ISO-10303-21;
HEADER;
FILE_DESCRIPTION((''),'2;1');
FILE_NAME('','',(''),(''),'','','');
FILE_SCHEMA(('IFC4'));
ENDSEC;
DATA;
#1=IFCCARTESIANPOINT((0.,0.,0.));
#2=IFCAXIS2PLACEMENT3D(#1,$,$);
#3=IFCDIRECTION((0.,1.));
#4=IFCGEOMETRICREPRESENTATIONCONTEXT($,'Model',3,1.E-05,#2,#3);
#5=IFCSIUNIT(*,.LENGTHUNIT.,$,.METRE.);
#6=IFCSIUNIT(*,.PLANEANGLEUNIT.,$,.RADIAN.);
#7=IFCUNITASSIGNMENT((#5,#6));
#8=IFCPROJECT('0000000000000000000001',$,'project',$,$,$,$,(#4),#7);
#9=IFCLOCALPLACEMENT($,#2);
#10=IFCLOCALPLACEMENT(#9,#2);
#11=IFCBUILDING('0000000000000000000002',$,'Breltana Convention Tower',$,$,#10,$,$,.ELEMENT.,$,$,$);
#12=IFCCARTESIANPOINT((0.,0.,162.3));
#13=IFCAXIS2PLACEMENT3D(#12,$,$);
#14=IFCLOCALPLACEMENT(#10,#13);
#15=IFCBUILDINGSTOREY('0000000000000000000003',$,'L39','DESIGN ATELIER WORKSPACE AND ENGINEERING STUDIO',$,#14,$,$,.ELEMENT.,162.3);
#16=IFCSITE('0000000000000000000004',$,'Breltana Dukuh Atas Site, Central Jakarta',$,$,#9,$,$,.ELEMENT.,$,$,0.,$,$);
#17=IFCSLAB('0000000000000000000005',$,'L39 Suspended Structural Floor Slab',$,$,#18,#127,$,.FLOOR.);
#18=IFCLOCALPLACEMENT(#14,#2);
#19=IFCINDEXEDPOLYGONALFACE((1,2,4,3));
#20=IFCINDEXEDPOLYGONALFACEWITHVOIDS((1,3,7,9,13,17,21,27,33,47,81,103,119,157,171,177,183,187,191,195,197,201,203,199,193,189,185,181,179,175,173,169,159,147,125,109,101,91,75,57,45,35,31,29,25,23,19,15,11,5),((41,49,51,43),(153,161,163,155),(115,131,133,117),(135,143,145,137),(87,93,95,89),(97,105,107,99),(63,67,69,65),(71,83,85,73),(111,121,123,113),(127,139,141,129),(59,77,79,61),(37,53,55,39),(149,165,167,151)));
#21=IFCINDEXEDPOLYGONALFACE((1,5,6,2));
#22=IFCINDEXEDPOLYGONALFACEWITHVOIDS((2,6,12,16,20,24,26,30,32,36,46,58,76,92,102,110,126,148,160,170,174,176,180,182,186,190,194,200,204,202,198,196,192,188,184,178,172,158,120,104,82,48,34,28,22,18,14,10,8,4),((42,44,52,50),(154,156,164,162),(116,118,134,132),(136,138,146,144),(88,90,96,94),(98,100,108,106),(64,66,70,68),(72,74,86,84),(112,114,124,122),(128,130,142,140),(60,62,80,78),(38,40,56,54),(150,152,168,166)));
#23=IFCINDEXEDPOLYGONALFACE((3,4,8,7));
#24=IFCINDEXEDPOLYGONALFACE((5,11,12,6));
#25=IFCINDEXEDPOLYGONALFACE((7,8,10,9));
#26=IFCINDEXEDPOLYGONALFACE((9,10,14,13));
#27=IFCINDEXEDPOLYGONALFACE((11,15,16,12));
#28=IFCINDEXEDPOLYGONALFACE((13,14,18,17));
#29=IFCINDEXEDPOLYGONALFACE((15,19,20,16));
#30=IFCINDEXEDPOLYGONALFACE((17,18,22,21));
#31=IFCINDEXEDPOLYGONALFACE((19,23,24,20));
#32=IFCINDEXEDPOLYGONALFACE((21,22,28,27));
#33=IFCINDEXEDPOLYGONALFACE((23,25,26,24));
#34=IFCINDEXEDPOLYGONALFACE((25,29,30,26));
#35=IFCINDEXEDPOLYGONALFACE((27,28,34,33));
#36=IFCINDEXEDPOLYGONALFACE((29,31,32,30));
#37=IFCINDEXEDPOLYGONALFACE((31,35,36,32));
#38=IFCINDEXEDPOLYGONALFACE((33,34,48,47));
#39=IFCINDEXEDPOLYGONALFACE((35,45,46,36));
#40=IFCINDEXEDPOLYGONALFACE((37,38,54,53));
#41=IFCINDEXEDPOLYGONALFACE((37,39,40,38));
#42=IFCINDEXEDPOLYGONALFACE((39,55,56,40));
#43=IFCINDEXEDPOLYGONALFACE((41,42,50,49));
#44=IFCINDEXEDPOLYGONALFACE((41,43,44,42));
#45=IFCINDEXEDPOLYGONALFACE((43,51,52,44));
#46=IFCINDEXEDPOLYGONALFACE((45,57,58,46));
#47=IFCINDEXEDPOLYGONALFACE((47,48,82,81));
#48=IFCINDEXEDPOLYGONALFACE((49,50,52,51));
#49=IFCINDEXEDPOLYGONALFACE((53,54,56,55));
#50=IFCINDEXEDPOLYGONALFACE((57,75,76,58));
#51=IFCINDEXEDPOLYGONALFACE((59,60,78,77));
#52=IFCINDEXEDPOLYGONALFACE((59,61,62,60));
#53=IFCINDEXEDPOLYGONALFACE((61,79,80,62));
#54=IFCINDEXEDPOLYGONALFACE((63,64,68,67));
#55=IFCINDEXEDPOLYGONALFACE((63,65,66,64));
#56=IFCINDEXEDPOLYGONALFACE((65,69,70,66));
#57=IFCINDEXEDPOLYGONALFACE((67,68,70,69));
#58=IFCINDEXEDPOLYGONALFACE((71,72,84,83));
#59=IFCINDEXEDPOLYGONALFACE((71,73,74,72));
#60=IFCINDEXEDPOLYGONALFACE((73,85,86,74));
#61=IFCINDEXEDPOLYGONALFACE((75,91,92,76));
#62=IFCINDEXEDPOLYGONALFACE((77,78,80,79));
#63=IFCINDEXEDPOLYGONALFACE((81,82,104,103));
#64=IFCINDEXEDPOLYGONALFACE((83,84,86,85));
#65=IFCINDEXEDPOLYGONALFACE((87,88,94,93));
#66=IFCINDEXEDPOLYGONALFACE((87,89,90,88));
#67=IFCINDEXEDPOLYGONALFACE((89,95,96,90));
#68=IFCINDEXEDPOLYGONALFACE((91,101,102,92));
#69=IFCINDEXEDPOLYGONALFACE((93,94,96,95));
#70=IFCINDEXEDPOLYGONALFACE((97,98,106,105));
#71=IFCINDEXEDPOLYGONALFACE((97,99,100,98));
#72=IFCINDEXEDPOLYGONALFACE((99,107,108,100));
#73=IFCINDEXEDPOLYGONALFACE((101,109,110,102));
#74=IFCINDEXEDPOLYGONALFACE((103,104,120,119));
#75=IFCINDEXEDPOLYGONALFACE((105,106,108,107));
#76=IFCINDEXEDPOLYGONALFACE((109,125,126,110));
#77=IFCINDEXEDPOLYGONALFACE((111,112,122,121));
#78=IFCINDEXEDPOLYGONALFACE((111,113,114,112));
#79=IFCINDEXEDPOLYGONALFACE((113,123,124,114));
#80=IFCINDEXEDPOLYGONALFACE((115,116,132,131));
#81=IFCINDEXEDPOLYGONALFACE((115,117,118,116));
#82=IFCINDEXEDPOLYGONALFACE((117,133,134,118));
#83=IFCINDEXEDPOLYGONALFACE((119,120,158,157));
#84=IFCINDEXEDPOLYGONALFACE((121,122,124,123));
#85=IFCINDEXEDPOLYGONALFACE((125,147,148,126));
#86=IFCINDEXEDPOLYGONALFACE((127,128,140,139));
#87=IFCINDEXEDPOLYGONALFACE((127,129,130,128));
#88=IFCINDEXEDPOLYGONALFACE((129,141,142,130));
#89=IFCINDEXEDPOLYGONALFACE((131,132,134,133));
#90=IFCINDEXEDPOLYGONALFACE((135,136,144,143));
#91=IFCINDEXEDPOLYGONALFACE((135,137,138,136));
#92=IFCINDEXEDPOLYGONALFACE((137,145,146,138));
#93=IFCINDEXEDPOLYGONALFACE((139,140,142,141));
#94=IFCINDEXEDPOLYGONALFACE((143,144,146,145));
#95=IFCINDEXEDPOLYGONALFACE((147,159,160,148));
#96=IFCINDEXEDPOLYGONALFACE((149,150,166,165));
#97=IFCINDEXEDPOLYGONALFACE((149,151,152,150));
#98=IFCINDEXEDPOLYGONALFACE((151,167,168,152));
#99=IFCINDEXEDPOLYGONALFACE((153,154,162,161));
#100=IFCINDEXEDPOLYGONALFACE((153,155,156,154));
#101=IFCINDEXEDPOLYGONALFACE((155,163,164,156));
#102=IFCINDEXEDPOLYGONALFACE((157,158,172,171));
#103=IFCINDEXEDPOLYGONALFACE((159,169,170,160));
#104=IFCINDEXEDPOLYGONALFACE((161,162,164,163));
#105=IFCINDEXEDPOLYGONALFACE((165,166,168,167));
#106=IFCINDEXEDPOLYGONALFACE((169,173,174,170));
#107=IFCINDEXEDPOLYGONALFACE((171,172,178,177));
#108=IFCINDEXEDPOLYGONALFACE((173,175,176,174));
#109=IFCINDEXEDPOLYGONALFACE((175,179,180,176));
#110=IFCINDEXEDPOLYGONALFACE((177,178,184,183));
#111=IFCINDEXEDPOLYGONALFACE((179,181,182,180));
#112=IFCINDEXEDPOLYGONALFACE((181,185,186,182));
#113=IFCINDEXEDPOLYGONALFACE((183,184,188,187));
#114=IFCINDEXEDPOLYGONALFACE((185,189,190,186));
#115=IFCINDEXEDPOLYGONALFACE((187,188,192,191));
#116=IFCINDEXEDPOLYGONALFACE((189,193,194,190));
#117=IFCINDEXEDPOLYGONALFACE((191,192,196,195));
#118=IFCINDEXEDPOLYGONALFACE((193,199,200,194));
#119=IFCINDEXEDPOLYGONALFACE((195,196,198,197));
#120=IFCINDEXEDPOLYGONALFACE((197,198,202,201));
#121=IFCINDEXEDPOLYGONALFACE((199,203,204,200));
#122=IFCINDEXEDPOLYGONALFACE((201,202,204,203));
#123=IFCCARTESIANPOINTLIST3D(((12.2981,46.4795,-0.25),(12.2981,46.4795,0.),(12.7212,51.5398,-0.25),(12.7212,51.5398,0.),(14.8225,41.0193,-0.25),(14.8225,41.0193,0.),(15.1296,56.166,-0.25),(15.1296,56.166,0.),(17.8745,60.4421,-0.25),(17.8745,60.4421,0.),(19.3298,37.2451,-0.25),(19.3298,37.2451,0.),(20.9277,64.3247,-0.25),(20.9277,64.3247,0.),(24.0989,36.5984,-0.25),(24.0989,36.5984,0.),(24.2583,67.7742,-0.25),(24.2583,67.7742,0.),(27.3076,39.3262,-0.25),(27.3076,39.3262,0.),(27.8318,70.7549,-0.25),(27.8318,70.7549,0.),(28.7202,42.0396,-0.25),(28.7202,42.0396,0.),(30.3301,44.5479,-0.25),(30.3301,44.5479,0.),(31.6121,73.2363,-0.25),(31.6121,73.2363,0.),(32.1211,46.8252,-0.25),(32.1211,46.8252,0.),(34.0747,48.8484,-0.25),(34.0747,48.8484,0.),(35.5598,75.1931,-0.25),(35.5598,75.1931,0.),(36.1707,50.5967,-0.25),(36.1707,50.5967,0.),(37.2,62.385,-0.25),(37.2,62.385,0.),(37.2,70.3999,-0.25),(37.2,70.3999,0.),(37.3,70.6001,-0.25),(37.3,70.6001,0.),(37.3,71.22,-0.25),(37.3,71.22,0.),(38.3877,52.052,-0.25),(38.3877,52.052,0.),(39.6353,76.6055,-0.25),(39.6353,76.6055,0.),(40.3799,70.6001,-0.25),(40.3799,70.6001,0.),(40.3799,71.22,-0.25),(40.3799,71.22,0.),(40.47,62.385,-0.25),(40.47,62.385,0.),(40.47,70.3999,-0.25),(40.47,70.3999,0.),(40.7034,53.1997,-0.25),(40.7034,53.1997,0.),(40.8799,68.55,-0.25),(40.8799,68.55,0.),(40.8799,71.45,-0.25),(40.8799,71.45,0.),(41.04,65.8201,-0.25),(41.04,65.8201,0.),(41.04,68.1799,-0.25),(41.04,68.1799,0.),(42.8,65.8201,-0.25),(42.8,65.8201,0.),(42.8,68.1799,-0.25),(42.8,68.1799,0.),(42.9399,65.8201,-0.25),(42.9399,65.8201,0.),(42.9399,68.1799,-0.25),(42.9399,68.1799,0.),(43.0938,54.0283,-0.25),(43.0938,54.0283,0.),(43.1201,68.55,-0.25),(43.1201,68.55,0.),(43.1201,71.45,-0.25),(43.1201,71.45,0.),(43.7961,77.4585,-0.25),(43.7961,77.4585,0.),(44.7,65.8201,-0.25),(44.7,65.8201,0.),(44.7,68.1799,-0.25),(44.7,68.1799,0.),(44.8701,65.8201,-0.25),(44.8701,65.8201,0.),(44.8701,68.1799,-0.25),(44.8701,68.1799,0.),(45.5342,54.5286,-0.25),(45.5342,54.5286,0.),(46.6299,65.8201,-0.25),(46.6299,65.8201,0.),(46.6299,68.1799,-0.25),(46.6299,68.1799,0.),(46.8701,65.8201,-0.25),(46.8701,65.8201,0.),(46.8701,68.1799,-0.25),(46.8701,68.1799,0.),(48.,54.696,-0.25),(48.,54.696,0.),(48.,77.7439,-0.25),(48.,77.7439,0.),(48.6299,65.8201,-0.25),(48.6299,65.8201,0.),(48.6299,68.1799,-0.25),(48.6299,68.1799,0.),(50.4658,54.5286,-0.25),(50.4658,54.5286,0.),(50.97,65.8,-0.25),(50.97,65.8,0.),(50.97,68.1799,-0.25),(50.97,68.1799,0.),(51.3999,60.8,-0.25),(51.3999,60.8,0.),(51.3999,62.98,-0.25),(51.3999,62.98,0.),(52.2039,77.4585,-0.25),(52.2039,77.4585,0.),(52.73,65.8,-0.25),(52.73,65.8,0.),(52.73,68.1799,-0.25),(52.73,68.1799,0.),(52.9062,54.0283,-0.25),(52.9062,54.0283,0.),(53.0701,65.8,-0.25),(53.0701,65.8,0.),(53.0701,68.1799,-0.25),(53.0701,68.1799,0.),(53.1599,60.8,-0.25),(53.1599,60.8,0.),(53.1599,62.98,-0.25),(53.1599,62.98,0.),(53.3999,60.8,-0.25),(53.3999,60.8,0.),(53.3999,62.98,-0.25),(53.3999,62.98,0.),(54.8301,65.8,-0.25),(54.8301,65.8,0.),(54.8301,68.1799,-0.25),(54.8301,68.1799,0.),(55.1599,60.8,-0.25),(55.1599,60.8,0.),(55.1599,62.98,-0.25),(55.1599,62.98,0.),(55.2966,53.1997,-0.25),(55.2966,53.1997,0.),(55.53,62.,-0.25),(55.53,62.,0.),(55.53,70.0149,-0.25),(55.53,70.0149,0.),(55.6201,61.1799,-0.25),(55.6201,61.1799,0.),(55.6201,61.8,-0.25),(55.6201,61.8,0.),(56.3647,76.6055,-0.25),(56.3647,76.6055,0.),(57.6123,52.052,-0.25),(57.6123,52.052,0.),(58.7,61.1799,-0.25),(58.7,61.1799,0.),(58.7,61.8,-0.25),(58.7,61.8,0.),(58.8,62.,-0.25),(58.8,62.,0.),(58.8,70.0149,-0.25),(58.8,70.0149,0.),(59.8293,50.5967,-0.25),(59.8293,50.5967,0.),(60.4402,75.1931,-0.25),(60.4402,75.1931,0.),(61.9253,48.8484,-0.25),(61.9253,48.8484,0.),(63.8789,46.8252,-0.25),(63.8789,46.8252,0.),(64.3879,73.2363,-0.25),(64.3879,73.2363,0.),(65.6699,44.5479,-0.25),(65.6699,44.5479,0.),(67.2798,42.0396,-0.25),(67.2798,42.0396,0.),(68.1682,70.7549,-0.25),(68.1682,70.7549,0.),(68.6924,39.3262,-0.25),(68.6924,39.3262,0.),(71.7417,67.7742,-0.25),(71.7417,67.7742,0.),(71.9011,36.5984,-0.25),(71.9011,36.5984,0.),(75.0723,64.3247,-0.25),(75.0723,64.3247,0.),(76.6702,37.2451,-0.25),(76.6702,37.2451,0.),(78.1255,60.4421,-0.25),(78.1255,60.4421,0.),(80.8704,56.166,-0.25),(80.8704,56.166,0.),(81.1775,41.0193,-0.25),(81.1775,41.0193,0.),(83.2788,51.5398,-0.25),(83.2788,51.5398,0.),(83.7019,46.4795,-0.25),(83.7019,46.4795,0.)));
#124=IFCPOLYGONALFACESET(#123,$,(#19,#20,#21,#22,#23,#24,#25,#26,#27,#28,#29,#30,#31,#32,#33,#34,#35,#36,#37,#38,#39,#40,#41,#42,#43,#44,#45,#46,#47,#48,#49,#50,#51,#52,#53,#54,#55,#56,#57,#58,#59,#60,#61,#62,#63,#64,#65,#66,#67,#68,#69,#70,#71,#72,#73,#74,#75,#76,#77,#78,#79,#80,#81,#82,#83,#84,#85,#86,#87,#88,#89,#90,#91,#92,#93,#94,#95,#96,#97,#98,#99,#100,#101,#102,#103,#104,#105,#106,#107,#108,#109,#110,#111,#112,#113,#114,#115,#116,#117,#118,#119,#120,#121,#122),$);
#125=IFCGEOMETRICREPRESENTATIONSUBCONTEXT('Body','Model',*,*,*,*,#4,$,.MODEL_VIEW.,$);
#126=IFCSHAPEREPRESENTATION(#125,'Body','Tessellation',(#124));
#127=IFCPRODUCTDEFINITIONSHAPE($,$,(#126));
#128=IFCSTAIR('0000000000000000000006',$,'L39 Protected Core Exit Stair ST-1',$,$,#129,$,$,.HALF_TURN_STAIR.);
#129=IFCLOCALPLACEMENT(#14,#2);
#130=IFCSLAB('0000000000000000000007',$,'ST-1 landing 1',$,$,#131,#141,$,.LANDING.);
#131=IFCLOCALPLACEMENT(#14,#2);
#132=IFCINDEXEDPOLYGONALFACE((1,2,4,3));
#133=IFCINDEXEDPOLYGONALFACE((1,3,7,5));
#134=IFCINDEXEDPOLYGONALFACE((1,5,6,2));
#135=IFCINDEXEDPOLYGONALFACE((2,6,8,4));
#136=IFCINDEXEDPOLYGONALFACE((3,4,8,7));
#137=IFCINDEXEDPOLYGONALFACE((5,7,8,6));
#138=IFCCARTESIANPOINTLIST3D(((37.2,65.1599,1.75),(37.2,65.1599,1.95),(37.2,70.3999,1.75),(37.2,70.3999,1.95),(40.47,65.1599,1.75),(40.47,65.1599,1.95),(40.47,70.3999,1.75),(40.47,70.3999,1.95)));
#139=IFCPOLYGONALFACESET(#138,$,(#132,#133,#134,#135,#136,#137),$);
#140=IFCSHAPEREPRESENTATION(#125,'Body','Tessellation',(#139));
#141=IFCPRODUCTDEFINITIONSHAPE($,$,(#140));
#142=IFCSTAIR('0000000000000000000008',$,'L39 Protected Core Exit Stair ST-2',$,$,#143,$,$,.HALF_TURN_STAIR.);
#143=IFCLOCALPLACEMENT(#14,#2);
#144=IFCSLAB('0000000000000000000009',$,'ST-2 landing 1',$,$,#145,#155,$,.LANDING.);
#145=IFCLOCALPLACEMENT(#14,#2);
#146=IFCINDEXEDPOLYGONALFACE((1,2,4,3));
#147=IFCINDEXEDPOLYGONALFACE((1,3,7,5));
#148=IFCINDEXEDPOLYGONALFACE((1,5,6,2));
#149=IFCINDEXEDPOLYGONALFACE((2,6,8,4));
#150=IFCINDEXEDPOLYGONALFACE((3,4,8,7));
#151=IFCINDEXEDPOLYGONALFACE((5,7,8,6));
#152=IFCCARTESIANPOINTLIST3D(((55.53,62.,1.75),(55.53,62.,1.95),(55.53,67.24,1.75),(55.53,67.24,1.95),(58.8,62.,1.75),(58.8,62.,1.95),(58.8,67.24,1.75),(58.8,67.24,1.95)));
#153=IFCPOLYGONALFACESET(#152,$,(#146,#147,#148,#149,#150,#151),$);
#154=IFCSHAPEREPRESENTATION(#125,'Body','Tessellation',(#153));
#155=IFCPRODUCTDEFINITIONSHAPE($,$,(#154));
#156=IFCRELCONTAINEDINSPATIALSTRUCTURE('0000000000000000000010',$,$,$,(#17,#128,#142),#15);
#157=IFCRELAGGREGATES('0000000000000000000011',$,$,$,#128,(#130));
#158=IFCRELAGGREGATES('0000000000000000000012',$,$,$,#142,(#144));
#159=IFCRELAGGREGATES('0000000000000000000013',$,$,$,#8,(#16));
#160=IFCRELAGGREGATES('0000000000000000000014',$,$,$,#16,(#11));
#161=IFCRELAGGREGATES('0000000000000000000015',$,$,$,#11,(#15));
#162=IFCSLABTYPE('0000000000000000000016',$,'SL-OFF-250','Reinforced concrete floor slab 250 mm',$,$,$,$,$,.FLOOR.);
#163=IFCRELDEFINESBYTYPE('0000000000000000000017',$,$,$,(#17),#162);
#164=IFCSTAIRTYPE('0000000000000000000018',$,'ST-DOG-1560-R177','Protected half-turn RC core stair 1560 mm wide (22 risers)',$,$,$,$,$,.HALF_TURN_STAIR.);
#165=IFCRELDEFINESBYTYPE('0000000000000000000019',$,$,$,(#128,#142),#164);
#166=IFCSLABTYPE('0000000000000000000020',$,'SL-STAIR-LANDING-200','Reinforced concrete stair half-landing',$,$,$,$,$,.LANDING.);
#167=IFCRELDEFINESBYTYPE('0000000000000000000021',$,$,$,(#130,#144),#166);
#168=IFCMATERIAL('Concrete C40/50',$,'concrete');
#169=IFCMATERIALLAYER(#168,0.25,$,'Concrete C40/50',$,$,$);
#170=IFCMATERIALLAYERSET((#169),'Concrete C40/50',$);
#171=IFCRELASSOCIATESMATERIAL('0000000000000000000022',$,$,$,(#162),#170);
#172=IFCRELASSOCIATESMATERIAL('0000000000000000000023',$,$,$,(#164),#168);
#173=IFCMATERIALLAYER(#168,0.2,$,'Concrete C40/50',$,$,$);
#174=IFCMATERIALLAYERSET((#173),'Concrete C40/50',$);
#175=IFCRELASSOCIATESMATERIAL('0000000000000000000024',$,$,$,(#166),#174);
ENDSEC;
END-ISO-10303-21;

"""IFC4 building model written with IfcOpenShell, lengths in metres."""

from ifc_helpers import new_model, si_unit, direction, frame, origin, place, context, subcontext, project, spatial, polyline, outline, extrude, material, layer, layer_set, type_object, element, aggregate, save


model = new_model("IFC4")

# Units and contexts
model_context = context("Model", 3, precision=1e-05, world=origin(), true_north=direction((0.0, 1.0)))
body_context = subcontext(model_context, "Body", "Model", "MODEL_VIEW")
ifc_project = project(units=[si_unit("LENGTHUNIT", "METRE"), si_unit("PLANEANGLEUNIT", "RADIAN")], contexts=[model_context])

# Site, building, storey
site_placement = place(None, origin())
site = spatial("IfcSite", under=ifc_project, at=site_placement, Name="Breltana Dukuh Atas Site, Central Jakarta", CompositionType="ELEMENT", RefElevation=0.0)
building_placement = place(site_placement, origin())
building = spatial("IfcBuilding", under=site, at=building_placement, Name="Breltana Convention Tower", CompositionType="ELEMENT")
storey_placement = place(building_placement, frame((0.0, 0.0, 162.3)))
storey = spatial("IfcBuildingStorey", under=building, at=storey_placement, Name="L39", Description="DESIGN ATELIER WORKSPACE AND ENGINEERING STUDIO", CompositionType="ELEMENT", Elevation=162.3)

# Slab
ifc_material_1 = material(Name="Concrete C40/50", Category="concrete")
ifc_layer_1 = layer(ifc_material_1, 0.25, Name="Concrete C40/50")
ifc_layer_set_1 = layer_set([ifc_layer_1], Name="Concrete C40/50")
slab_type_1 = type_object("IfcSlabType", Name="SL-OFF-250", Description="Reinforced concrete floor slab 250 mm", PredefinedType="FLOOR", material=ifc_layer_set_1)
slab_1_placement = place(storey_placement, frame((0.0, 0.0, -0.25)))
element("IfcSlab", 1, at=slab_1_placement, inside=storey, type_object=slab_type_1, Name="L39 Suspended Structural Floor Slab", PredefinedType="FLOOR", context=body_context, shape_type="SweptSolid", body=[
    extrude(outline(polyline([(83.2788, 51.5398), (80.8704, 56.166), (78.1255, 60.4421), (75.0723, 64.3247), (71.7417, 67.7742), (68.1682, 70.7549), (64.3879, 73.2363), (60.4402, 75.1931), (56.3647, 76.6055), (52.2039, 77.4585), (48.0, 77.7439), (43.7961, 77.4585), (39.6353, 76.6055), (35.5598, 75.1931), (31.6121, 73.2363), (27.8318, 70.7549), (24.2583, 67.7742), (20.9277, 64.3247), (17.8745, 60.4421), (15.1296, 56.166), (12.7212, 51.5398), (12.2981, 46.4795), (14.8225, 41.0193), (19.3298, 37.2451), (24.0989, 36.5984), (27.3076, 39.3262), (28.7202, 42.0396), (30.3301, 44.5479), (32.1211, 46.8252), (34.0747, 48.8484), (36.1707, 50.5967), (38.3877, 52.052), (40.7034, 53.1997), (43.0938, 54.0283), (45.5342, 54.5286), (48.0, 54.696), (50.4658, 54.5286), (52.9062, 54.0283), (55.2966, 53.1997), (57.6123, 52.052), (59.8293, 50.5967), (61.9253, 48.8484), (63.8789, 46.8252), (65.6699, 44.5479), (67.2798, 42.0396), (68.6924, 39.3262), (71.9011, 36.5984), (76.6702, 37.2451), (81.1775, 41.0193), (83.7019, 46.4795), (83.2788, 51.5398)]), holes=[polyline([(37.2, 62.385), (40.47, 62.385), (40.47, 70.3999), (37.2, 70.3999), (37.2, 62.385)]), polyline([(55.53, 62.0), (58.8, 62.0), (58.8, 70.0149), (55.53, 70.0149), (55.53, 62.0)]), polyline([(51.3999, 60.8), (53.1599, 60.8), (53.1599, 62.98), (51.3999, 62.98), (51.3999, 60.8)]), polyline([(53.3999, 60.8), (55.1599, 60.8), (55.1599, 62.98), (53.3999, 62.98), (53.3999, 60.8)]), polyline([(41.04, 65.8201), (42.8, 65.8201), (42.8, 68.1799), (41.04, 68.1799), (41.04, 65.8201)]), polyline([(42.9399, 65.8201), (44.7, 65.8201), (44.7, 68.1799), (42.9399, 68.1799), (42.9399, 65.8201)]), polyline([(44.8701, 65.8201), (46.6299, 65.8201), (46.6299, 68.1799), (44.8701, 68.1799), (44.8701, 65.8201)]), polyline([(46.8701, 65.8201), (48.6299, 65.8201), (48.6299, 68.1799), (46.8701, 68.1799), (46.8701, 65.8201)]), polyline([(50.97, 65.8), (52.73, 65.8), (52.73, 68.1799), (50.97, 68.1799), (50.97, 65.8)]), polyline([(53.0701, 65.8), (54.8301, 65.8), (54.8301, 68.1799), (53.0701, 68.1799), (53.0701, 65.8)]), polyline([(40.8799, 68.55), (43.1201, 68.55), (43.1201, 71.45), (40.8799, 71.45), (40.8799, 68.55)]), polyline([(37.3, 70.6001), (40.3799, 70.6001), (40.3799, 71.22), (37.3, 71.22), (37.3, 70.6001)]), polyline([(55.6201, 61.1799), (58.7, 61.1799), (58.7, 61.8), (55.6201, 61.8), (55.6201, 61.1799)])]), origin(), (0.0, 0.0, 1.0), 0.25),
])

# Stairs, slabs
stair_type = type_object("IfcStairType", Name="ST-DOG-1560-R177", Description="Protected half-turn RC core stair 1560 mm wide (22 risers)", PredefinedType="HALF_TURN_STAIR", material=ifc_material_1)
stair_1_placement = place(storey_placement, origin())
stair_1 = element("IfcStair", 2, at=stair_1_placement, inside=storey, type_object=stair_type, Name="L39 Protected Core Exit Stair ST-1", PredefinedType="HALF_TURN_STAIR")
ifc_layer_2 = layer(ifc_material_1, 0.2, Name="Concrete C40/50")
ifc_layer_set_2 = layer_set([ifc_layer_2], Name="Concrete C40/50")
slab_type_2 = type_object("IfcSlabType", Name="SL-STAIR-LANDING-200", Description="Reinforced concrete stair half-landing", PredefinedType="LANDING", material=ifc_layer_set_2)
slab_2_placement = place(storey_placement, frame((0.0, 0.0, 1.75)))
slab_2 = element("IfcSlab", 3, at=slab_2_placement, type_object=slab_type_2, Name="ST-1 landing 1", PredefinedType="LANDING", context=body_context, shape_type="SweptSolid", body=[
    extrude(outline(polyline([(40.47, 65.1599), (40.47, 70.3999), (37.2, 70.3999), (37.2, 65.1599), (40.47, 65.1599)])), origin(), (0.0, 0.0, 1.0), 0.2),
])
aggregate(stair_1, [slab_2])
stair_2_placement = place(storey_placement, origin())
stair_2 = element("IfcStair", 4, at=stair_2_placement, inside=storey, type_object=stair_type, Name="L39 Protected Core Exit Stair ST-2", PredefinedType="HALF_TURN_STAIR")
slab_3_placement = place(storey_placement, frame((0.0, 0.0, 1.75)))
slab_3 = element("IfcSlab", 5, at=slab_3_placement, type_object=slab_type_2, Name="ST-2 landing 1", PredefinedType="LANDING", context=body_context, shape_type="SweptSolid", body=[
    extrude(outline(polyline([(55.53, 67.24), (55.53, 62.0), (58.8, 62.0), (58.8, 67.24), (55.53, 67.24)])), origin(), (0.0, 0.0, 1.0), 0.2),
])
aggregate(stair_2, [slab_3])

save(model, "model.ifc")
